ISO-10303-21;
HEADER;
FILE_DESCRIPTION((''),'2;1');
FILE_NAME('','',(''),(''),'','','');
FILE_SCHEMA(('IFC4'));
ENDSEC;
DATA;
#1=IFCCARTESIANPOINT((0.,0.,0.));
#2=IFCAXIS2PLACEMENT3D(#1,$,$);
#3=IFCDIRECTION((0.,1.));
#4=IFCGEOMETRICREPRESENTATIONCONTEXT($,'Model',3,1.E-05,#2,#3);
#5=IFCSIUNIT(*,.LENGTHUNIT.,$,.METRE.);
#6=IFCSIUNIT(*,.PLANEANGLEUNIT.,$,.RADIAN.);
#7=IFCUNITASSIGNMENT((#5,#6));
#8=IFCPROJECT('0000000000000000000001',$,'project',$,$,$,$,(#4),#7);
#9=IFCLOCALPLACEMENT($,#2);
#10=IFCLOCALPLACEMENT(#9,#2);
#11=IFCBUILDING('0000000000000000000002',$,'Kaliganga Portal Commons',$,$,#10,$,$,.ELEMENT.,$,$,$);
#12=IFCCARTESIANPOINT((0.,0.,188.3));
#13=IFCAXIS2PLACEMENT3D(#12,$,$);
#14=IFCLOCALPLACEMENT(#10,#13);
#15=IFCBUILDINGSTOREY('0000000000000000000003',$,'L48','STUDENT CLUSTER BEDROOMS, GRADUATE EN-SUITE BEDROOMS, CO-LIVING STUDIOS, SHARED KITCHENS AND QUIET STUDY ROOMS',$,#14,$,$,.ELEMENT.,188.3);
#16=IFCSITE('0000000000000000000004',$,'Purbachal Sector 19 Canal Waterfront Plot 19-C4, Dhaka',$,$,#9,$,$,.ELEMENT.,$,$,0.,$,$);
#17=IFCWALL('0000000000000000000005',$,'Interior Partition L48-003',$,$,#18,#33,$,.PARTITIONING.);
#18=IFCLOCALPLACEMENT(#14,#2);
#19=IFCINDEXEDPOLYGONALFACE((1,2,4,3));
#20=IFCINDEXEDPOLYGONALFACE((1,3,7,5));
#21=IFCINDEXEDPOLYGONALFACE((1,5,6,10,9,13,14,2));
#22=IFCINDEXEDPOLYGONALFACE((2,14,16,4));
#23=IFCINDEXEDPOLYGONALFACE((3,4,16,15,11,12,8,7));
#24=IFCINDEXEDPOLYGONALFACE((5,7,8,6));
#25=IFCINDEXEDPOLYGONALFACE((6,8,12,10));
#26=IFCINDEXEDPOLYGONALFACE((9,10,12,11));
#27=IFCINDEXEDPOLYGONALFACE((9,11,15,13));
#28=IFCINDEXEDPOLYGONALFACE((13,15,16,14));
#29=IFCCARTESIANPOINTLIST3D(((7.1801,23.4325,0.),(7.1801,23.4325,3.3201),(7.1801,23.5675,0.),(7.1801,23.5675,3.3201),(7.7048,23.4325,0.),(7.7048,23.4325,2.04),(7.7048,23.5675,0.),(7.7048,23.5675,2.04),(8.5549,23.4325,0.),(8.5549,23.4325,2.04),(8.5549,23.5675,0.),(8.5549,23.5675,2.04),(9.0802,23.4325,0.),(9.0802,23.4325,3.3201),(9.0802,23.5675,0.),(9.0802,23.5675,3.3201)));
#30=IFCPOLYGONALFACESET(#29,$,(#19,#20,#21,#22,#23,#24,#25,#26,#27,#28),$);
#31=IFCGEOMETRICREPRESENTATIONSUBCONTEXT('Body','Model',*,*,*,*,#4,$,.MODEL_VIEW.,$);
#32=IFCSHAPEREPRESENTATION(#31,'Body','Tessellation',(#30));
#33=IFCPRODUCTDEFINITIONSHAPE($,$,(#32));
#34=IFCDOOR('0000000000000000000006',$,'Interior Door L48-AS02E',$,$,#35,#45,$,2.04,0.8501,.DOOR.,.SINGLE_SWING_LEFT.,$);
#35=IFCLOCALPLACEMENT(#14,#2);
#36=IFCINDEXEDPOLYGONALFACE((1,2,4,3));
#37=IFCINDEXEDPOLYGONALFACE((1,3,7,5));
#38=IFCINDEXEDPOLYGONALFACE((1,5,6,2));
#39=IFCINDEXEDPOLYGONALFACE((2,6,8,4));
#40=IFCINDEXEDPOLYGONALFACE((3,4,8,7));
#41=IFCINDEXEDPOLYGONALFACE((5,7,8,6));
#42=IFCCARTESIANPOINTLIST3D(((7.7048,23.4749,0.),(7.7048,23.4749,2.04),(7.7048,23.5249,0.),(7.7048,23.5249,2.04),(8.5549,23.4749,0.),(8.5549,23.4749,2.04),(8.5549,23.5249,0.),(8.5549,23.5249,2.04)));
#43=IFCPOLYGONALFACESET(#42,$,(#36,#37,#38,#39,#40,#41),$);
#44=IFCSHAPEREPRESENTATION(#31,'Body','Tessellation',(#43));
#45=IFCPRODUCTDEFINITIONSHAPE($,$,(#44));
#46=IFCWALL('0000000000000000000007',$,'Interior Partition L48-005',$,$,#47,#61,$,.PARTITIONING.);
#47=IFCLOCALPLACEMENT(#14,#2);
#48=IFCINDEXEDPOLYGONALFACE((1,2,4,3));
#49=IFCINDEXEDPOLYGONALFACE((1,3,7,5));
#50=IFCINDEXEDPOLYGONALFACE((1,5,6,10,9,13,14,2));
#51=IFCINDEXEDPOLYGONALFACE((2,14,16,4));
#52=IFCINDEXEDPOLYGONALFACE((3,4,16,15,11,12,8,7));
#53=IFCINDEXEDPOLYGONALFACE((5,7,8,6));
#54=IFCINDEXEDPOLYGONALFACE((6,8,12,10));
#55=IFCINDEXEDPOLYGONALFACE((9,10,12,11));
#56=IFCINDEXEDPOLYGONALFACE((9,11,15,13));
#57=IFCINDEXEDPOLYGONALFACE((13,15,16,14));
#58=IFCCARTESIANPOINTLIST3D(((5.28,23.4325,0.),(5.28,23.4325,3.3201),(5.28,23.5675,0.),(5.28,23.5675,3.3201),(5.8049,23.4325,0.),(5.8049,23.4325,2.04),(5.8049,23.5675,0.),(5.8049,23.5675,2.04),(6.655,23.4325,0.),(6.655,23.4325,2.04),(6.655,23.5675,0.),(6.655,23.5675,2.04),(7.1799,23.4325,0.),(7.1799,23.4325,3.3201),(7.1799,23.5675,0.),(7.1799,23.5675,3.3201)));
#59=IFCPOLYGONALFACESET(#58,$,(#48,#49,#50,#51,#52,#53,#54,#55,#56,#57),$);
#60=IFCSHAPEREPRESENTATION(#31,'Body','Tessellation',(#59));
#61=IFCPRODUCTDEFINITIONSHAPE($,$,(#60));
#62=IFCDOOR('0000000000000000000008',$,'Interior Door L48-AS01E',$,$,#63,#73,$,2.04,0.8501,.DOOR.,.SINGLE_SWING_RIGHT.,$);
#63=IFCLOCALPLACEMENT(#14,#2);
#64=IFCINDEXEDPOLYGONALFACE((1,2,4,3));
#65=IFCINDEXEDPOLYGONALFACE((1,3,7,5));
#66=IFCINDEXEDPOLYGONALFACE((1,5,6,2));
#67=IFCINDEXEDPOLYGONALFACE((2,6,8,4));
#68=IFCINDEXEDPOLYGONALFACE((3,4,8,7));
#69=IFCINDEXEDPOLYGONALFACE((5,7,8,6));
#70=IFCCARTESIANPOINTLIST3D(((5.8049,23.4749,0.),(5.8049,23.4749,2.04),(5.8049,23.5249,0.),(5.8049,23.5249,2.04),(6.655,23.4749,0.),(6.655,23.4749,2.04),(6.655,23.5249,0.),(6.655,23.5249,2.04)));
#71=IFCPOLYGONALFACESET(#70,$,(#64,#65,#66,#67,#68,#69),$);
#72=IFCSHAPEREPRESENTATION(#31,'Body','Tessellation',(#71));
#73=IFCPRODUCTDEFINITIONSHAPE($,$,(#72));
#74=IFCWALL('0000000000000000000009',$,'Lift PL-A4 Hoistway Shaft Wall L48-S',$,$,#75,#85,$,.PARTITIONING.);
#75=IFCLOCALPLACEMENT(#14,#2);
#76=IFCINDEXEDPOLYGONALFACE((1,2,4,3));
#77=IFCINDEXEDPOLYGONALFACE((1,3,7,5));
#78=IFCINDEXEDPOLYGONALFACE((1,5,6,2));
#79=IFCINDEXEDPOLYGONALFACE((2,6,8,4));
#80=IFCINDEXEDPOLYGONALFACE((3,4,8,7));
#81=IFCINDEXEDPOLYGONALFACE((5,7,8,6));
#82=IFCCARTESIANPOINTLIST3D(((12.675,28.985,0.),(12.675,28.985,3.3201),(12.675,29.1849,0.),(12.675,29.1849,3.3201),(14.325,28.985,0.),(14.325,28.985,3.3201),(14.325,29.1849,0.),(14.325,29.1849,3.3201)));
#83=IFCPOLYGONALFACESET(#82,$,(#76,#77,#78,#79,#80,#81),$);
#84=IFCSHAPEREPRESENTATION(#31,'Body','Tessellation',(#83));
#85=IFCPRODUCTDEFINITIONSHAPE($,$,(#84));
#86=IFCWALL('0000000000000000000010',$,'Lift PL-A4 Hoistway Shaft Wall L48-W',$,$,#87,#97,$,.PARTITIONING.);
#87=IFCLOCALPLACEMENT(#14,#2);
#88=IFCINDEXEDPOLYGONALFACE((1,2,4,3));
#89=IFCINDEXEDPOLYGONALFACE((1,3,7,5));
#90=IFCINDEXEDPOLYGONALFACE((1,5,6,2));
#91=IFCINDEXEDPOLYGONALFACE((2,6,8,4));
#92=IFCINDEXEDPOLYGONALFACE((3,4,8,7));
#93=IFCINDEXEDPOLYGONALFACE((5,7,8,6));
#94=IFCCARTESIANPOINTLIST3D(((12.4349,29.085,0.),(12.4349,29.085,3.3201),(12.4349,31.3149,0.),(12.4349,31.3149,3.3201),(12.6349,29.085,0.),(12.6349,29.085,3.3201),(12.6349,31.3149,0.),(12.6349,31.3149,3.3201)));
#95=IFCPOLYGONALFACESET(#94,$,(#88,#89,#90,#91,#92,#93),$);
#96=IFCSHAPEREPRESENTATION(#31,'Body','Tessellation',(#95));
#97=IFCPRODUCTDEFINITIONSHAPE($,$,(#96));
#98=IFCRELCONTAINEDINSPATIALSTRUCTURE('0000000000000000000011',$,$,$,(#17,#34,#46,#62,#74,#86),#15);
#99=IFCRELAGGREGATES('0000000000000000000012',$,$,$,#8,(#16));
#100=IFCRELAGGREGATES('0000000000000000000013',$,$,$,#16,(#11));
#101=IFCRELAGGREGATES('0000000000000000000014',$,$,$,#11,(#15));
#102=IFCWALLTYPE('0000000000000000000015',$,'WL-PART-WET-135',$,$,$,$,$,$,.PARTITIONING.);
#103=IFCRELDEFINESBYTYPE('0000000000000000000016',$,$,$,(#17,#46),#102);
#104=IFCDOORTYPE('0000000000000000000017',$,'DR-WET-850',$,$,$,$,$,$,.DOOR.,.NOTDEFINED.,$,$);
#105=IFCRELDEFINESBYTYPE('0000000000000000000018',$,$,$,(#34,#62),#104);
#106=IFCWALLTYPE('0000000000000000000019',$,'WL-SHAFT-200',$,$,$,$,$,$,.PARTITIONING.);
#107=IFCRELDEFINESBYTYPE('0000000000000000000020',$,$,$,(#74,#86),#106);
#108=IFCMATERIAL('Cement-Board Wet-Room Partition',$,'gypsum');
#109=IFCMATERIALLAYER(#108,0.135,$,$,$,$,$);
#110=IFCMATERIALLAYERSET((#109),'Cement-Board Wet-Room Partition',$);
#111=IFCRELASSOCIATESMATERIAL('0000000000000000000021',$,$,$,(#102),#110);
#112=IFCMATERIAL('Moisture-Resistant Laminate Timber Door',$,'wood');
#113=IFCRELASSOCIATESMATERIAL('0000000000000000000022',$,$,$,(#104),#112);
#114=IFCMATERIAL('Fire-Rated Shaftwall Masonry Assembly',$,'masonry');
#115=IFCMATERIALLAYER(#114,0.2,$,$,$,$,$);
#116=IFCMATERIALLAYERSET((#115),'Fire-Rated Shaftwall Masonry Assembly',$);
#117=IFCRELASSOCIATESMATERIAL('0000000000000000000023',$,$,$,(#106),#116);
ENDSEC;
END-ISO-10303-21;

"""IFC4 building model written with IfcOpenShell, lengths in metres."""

from ifc_helpers import new_model, si_unit, direction, frame, frame_2d, origin, place, context, subcontext, project, spatial, rectangle, extrude, material, layer, layer_set, type_object, element, fill, save


model = new_model("IFC4")

# Units and contexts
model_context = context("Model", 3, precision=1e-05, world=origin(), true_north=direction((0.0, 1.0)))
body_context = subcontext(model_context, "Body", "Model", "MODEL_VIEW")
ifc_project = project(units=[si_unit("LENGTHUNIT", "METRE"), si_unit("PLANEANGLEUNIT", "RADIAN")], contexts=[model_context])

# Site, building, storey
site_placement = place(None, origin())
site = spatial("IfcSite", under=ifc_project, at=site_placement, Name="Purbachal Sector 19 Canal Waterfront Plot 19-C4, Dhaka", CompositionType="ELEMENT", RefElevation=0.0)
building_placement = place(site_placement, origin())
building = spatial("IfcBuilding", under=site, at=building_placement, Name="Kaliganga Portal Commons", CompositionType="ELEMENT")
storey_placement = place(building_placement, frame((0.0, 0.0, 188.3)))
storey = spatial("IfcBuildingStorey", under=building, at=storey_placement, Name="L48", Description="STUDENT CLUSTER BEDROOMS, GRADUATE EN-SUITE BEDROOMS, CO-LIVING STUDIOS, SHARED KITCHENS AND QUIET STUDY ROOMS", CompositionType="ELEMENT", Elevation=188.3)

# Walls, openings, doors
ifc_material_1 = material(Name="Cement-Board Wet-Room Partition", Category="gypsum")
ifc_layer_1 = layer(ifc_material_1, 0.135)
ifc_layer_set_1 = layer_set([ifc_layer_1], Name="Cement-Board Wet-Room Partition")
wall_type_1 = type_object("IfcWallType", Name="WL-PART-WET-135", PredefinedType="PARTITIONING", material=ifc_layer_set_1)
wall_1_placement = place(storey_placement, frame((7.1799, 23.5, 0.0), z_axis=(0.0, 0.0, 1.0), x_axis=(1.0, 0.0, 0.0)))
wall_1 = element("IfcWall", 1, at=wall_1_placement, inside=storey, type_object=wall_type_1, Name="Interior Partition L48-003", PredefinedType="PARTITIONING", context=body_context, shape_type="SweptSolid", body=[
    extrude(rectangle(XDim=1.9001, YDim=0.135, at=frame_2d((0.9502, 0.0))), origin(), (0.0, 0.0, 1.0), 3.3201),
])
opening_1_placement = place(wall_1_placement, frame((0.5249, 0.0, 0.0)))
opening_1 = element("IfcOpeningElement", 2, at=opening_1_placement, cuts=wall_1, PredefinedType="OPENING", context=body_context, shape_type="SweptSolid", body=[
    extrude(rectangle(XDim=0.8501, YDim=2.04, at=frame_2d((0.425, 1.02))), frame((0.0, 0.0776, 0.0), z_axis=(0.0, -1.0, 0.0), x_axis=(1.0, 0.0, 0.0)), (0.0, 0.0, 1.0), 0.155),
])
ifc_material_2 = material(Name="Moisture-Resistant Laminate Timber Door", Category="wood")
door_type_1 = type_object("IfcDoorType", Name="DR-WET-850", OperationType="NOTDEFINED", PredefinedType="DOOR", material=ifc_material_2)
door_1_placement = place(opening_1_placement, origin())
door_1 = element("IfcDoor", 3, at=door_1_placement, inside=storey, type_object=door_type_1, Name="Interior Door L48-AS02E", OperationType="SINGLE_SWING_LEFT", OverallHeight=2.04, OverallWidth=0.8501, PredefinedType="DOOR", context=body_context, shape_type="SweptSolid", body=[
    extrude(rectangle(XDim=0.8501, YDim=2.04, at=frame_2d((0.425, 1.02))), frame((0.0, 0.0249, 0.0), z_axis=(0.0, -1.0, 0.0), x_axis=(1.0, 0.0, 0.0)), (0.0, 0.0, 1.0), 0.05),
])
fill(opening_1, door_1)
wall_2_placement = place(storey_placement, frame((5.28, 23.5, 0.0), z_axis=(0.0, 0.0, 1.0), x_axis=(1.0, 0.0, 0.0)))
wall_2 = element("IfcWall", 4, at=wall_2_placement, inside=storey, type_object=wall_type_1, Name="Interior Partition L48-005", PredefinedType="PARTITIONING", context=body_context, shape_type="SweptSolid", body=[
    extrude(rectangle(XDim=1.8999, YDim=0.135, at=frame_2d((0.95, 0.0))), origin(), (0.0, 0.0, 1.0), 3.3201),
])
opening_2_placement = place(wall_2_placement, frame((0.5249, 0.0, 0.0)))
opening_2 = element("IfcOpeningElement", 5, at=opening_2_placement, cuts=wall_2, PredefinedType="OPENING", context=body_context, shape_type="SweptSolid", body=[
    extrude(rectangle(XDim=0.8501, YDim=2.04, at=frame_2d((0.425, 1.02))), frame((0.0, 0.0776, 0.0), z_axis=(0.0, -1.0, 0.0), x_axis=(1.0, 0.0, 0.0)), (0.0, 0.0, 1.0), 0.155),
])
door_2_placement = place(opening_2_placement, origin())
door_2 = element("IfcDoor", 6, at=door_2_placement, inside=storey, type_object=door_type_1, Name="Interior Door L48-AS01E", OperationType="SINGLE_SWING_RIGHT", OverallHeight=2.04, OverallWidth=0.8501, PredefinedType="DOOR", context=body_context, shape_type="SweptSolid", body=[
    extrude(rectangle(XDim=0.8501, YDim=2.04, at=frame_2d((0.425, 1.02))), frame((0.0, 0.0249, 0.0), z_axis=(0.0, -1.0, 0.0), x_axis=(1.0, 0.0, 0.0)), (0.0, 0.0, 1.0), 0.05),
])
fill(opening_2, door_2)

# Walls
ifc_material_3 = material(Name="Fire-Rated Shaftwall Masonry Assembly", Category="masonry")
ifc_layer_2 = layer(ifc_material_3, 0.2)
ifc_layer_set_2 = layer_set([ifc_layer_2], Name="Fire-Rated Shaftwall Masonry Assembly")
wall_type_2 = type_object("IfcWallType", Name="WL-SHAFT-200", PredefinedType="PARTITIONING", material=ifc_layer_set_2)
wall_3_placement = place(storey_placement, frame((12.675, 29.085, 0.0), z_axis=(0.0, 0.0, 1.0), x_axis=(1.0, 0.0, 0.0)))
element("IfcWall", 7, at=wall_3_placement, inside=storey, type_object=wall_type_2, Name="Lift PL-A4 Hoistway Shaft Wall L48-S", PredefinedType="PARTITIONING", context=body_context, shape_type="SweptSolid", body=[
    extrude(rectangle(XDim=1.6499, YDim=0.2, at=frame_2d((0.825, 0.0))), origin(), (0.0, 0.0, 1.0), 3.3201),
])
wall_4_placement = place(storey_placement, frame((12.5349, 29.085, 0.0), z_axis=(0.0, 0.0, 1.0), x_axis=(0.0, 1.0, 0.0)))
element("IfcWall", 8, at=wall_4_placement, inside=storey, type_object=wall_type_2, Name="Lift PL-A4 Hoistway Shaft Wall L48-W", PredefinedType="PARTITIONING", context=body_context, shape_type="SweptSolid", body=[
    extrude(rectangle(XDim=2.23, YDim=0.2, at=frame_2d((1.115, 0.0))), origin(), (0.0, 0.0, 1.0), 3.3201),
])

save(model, "model.ifc")
